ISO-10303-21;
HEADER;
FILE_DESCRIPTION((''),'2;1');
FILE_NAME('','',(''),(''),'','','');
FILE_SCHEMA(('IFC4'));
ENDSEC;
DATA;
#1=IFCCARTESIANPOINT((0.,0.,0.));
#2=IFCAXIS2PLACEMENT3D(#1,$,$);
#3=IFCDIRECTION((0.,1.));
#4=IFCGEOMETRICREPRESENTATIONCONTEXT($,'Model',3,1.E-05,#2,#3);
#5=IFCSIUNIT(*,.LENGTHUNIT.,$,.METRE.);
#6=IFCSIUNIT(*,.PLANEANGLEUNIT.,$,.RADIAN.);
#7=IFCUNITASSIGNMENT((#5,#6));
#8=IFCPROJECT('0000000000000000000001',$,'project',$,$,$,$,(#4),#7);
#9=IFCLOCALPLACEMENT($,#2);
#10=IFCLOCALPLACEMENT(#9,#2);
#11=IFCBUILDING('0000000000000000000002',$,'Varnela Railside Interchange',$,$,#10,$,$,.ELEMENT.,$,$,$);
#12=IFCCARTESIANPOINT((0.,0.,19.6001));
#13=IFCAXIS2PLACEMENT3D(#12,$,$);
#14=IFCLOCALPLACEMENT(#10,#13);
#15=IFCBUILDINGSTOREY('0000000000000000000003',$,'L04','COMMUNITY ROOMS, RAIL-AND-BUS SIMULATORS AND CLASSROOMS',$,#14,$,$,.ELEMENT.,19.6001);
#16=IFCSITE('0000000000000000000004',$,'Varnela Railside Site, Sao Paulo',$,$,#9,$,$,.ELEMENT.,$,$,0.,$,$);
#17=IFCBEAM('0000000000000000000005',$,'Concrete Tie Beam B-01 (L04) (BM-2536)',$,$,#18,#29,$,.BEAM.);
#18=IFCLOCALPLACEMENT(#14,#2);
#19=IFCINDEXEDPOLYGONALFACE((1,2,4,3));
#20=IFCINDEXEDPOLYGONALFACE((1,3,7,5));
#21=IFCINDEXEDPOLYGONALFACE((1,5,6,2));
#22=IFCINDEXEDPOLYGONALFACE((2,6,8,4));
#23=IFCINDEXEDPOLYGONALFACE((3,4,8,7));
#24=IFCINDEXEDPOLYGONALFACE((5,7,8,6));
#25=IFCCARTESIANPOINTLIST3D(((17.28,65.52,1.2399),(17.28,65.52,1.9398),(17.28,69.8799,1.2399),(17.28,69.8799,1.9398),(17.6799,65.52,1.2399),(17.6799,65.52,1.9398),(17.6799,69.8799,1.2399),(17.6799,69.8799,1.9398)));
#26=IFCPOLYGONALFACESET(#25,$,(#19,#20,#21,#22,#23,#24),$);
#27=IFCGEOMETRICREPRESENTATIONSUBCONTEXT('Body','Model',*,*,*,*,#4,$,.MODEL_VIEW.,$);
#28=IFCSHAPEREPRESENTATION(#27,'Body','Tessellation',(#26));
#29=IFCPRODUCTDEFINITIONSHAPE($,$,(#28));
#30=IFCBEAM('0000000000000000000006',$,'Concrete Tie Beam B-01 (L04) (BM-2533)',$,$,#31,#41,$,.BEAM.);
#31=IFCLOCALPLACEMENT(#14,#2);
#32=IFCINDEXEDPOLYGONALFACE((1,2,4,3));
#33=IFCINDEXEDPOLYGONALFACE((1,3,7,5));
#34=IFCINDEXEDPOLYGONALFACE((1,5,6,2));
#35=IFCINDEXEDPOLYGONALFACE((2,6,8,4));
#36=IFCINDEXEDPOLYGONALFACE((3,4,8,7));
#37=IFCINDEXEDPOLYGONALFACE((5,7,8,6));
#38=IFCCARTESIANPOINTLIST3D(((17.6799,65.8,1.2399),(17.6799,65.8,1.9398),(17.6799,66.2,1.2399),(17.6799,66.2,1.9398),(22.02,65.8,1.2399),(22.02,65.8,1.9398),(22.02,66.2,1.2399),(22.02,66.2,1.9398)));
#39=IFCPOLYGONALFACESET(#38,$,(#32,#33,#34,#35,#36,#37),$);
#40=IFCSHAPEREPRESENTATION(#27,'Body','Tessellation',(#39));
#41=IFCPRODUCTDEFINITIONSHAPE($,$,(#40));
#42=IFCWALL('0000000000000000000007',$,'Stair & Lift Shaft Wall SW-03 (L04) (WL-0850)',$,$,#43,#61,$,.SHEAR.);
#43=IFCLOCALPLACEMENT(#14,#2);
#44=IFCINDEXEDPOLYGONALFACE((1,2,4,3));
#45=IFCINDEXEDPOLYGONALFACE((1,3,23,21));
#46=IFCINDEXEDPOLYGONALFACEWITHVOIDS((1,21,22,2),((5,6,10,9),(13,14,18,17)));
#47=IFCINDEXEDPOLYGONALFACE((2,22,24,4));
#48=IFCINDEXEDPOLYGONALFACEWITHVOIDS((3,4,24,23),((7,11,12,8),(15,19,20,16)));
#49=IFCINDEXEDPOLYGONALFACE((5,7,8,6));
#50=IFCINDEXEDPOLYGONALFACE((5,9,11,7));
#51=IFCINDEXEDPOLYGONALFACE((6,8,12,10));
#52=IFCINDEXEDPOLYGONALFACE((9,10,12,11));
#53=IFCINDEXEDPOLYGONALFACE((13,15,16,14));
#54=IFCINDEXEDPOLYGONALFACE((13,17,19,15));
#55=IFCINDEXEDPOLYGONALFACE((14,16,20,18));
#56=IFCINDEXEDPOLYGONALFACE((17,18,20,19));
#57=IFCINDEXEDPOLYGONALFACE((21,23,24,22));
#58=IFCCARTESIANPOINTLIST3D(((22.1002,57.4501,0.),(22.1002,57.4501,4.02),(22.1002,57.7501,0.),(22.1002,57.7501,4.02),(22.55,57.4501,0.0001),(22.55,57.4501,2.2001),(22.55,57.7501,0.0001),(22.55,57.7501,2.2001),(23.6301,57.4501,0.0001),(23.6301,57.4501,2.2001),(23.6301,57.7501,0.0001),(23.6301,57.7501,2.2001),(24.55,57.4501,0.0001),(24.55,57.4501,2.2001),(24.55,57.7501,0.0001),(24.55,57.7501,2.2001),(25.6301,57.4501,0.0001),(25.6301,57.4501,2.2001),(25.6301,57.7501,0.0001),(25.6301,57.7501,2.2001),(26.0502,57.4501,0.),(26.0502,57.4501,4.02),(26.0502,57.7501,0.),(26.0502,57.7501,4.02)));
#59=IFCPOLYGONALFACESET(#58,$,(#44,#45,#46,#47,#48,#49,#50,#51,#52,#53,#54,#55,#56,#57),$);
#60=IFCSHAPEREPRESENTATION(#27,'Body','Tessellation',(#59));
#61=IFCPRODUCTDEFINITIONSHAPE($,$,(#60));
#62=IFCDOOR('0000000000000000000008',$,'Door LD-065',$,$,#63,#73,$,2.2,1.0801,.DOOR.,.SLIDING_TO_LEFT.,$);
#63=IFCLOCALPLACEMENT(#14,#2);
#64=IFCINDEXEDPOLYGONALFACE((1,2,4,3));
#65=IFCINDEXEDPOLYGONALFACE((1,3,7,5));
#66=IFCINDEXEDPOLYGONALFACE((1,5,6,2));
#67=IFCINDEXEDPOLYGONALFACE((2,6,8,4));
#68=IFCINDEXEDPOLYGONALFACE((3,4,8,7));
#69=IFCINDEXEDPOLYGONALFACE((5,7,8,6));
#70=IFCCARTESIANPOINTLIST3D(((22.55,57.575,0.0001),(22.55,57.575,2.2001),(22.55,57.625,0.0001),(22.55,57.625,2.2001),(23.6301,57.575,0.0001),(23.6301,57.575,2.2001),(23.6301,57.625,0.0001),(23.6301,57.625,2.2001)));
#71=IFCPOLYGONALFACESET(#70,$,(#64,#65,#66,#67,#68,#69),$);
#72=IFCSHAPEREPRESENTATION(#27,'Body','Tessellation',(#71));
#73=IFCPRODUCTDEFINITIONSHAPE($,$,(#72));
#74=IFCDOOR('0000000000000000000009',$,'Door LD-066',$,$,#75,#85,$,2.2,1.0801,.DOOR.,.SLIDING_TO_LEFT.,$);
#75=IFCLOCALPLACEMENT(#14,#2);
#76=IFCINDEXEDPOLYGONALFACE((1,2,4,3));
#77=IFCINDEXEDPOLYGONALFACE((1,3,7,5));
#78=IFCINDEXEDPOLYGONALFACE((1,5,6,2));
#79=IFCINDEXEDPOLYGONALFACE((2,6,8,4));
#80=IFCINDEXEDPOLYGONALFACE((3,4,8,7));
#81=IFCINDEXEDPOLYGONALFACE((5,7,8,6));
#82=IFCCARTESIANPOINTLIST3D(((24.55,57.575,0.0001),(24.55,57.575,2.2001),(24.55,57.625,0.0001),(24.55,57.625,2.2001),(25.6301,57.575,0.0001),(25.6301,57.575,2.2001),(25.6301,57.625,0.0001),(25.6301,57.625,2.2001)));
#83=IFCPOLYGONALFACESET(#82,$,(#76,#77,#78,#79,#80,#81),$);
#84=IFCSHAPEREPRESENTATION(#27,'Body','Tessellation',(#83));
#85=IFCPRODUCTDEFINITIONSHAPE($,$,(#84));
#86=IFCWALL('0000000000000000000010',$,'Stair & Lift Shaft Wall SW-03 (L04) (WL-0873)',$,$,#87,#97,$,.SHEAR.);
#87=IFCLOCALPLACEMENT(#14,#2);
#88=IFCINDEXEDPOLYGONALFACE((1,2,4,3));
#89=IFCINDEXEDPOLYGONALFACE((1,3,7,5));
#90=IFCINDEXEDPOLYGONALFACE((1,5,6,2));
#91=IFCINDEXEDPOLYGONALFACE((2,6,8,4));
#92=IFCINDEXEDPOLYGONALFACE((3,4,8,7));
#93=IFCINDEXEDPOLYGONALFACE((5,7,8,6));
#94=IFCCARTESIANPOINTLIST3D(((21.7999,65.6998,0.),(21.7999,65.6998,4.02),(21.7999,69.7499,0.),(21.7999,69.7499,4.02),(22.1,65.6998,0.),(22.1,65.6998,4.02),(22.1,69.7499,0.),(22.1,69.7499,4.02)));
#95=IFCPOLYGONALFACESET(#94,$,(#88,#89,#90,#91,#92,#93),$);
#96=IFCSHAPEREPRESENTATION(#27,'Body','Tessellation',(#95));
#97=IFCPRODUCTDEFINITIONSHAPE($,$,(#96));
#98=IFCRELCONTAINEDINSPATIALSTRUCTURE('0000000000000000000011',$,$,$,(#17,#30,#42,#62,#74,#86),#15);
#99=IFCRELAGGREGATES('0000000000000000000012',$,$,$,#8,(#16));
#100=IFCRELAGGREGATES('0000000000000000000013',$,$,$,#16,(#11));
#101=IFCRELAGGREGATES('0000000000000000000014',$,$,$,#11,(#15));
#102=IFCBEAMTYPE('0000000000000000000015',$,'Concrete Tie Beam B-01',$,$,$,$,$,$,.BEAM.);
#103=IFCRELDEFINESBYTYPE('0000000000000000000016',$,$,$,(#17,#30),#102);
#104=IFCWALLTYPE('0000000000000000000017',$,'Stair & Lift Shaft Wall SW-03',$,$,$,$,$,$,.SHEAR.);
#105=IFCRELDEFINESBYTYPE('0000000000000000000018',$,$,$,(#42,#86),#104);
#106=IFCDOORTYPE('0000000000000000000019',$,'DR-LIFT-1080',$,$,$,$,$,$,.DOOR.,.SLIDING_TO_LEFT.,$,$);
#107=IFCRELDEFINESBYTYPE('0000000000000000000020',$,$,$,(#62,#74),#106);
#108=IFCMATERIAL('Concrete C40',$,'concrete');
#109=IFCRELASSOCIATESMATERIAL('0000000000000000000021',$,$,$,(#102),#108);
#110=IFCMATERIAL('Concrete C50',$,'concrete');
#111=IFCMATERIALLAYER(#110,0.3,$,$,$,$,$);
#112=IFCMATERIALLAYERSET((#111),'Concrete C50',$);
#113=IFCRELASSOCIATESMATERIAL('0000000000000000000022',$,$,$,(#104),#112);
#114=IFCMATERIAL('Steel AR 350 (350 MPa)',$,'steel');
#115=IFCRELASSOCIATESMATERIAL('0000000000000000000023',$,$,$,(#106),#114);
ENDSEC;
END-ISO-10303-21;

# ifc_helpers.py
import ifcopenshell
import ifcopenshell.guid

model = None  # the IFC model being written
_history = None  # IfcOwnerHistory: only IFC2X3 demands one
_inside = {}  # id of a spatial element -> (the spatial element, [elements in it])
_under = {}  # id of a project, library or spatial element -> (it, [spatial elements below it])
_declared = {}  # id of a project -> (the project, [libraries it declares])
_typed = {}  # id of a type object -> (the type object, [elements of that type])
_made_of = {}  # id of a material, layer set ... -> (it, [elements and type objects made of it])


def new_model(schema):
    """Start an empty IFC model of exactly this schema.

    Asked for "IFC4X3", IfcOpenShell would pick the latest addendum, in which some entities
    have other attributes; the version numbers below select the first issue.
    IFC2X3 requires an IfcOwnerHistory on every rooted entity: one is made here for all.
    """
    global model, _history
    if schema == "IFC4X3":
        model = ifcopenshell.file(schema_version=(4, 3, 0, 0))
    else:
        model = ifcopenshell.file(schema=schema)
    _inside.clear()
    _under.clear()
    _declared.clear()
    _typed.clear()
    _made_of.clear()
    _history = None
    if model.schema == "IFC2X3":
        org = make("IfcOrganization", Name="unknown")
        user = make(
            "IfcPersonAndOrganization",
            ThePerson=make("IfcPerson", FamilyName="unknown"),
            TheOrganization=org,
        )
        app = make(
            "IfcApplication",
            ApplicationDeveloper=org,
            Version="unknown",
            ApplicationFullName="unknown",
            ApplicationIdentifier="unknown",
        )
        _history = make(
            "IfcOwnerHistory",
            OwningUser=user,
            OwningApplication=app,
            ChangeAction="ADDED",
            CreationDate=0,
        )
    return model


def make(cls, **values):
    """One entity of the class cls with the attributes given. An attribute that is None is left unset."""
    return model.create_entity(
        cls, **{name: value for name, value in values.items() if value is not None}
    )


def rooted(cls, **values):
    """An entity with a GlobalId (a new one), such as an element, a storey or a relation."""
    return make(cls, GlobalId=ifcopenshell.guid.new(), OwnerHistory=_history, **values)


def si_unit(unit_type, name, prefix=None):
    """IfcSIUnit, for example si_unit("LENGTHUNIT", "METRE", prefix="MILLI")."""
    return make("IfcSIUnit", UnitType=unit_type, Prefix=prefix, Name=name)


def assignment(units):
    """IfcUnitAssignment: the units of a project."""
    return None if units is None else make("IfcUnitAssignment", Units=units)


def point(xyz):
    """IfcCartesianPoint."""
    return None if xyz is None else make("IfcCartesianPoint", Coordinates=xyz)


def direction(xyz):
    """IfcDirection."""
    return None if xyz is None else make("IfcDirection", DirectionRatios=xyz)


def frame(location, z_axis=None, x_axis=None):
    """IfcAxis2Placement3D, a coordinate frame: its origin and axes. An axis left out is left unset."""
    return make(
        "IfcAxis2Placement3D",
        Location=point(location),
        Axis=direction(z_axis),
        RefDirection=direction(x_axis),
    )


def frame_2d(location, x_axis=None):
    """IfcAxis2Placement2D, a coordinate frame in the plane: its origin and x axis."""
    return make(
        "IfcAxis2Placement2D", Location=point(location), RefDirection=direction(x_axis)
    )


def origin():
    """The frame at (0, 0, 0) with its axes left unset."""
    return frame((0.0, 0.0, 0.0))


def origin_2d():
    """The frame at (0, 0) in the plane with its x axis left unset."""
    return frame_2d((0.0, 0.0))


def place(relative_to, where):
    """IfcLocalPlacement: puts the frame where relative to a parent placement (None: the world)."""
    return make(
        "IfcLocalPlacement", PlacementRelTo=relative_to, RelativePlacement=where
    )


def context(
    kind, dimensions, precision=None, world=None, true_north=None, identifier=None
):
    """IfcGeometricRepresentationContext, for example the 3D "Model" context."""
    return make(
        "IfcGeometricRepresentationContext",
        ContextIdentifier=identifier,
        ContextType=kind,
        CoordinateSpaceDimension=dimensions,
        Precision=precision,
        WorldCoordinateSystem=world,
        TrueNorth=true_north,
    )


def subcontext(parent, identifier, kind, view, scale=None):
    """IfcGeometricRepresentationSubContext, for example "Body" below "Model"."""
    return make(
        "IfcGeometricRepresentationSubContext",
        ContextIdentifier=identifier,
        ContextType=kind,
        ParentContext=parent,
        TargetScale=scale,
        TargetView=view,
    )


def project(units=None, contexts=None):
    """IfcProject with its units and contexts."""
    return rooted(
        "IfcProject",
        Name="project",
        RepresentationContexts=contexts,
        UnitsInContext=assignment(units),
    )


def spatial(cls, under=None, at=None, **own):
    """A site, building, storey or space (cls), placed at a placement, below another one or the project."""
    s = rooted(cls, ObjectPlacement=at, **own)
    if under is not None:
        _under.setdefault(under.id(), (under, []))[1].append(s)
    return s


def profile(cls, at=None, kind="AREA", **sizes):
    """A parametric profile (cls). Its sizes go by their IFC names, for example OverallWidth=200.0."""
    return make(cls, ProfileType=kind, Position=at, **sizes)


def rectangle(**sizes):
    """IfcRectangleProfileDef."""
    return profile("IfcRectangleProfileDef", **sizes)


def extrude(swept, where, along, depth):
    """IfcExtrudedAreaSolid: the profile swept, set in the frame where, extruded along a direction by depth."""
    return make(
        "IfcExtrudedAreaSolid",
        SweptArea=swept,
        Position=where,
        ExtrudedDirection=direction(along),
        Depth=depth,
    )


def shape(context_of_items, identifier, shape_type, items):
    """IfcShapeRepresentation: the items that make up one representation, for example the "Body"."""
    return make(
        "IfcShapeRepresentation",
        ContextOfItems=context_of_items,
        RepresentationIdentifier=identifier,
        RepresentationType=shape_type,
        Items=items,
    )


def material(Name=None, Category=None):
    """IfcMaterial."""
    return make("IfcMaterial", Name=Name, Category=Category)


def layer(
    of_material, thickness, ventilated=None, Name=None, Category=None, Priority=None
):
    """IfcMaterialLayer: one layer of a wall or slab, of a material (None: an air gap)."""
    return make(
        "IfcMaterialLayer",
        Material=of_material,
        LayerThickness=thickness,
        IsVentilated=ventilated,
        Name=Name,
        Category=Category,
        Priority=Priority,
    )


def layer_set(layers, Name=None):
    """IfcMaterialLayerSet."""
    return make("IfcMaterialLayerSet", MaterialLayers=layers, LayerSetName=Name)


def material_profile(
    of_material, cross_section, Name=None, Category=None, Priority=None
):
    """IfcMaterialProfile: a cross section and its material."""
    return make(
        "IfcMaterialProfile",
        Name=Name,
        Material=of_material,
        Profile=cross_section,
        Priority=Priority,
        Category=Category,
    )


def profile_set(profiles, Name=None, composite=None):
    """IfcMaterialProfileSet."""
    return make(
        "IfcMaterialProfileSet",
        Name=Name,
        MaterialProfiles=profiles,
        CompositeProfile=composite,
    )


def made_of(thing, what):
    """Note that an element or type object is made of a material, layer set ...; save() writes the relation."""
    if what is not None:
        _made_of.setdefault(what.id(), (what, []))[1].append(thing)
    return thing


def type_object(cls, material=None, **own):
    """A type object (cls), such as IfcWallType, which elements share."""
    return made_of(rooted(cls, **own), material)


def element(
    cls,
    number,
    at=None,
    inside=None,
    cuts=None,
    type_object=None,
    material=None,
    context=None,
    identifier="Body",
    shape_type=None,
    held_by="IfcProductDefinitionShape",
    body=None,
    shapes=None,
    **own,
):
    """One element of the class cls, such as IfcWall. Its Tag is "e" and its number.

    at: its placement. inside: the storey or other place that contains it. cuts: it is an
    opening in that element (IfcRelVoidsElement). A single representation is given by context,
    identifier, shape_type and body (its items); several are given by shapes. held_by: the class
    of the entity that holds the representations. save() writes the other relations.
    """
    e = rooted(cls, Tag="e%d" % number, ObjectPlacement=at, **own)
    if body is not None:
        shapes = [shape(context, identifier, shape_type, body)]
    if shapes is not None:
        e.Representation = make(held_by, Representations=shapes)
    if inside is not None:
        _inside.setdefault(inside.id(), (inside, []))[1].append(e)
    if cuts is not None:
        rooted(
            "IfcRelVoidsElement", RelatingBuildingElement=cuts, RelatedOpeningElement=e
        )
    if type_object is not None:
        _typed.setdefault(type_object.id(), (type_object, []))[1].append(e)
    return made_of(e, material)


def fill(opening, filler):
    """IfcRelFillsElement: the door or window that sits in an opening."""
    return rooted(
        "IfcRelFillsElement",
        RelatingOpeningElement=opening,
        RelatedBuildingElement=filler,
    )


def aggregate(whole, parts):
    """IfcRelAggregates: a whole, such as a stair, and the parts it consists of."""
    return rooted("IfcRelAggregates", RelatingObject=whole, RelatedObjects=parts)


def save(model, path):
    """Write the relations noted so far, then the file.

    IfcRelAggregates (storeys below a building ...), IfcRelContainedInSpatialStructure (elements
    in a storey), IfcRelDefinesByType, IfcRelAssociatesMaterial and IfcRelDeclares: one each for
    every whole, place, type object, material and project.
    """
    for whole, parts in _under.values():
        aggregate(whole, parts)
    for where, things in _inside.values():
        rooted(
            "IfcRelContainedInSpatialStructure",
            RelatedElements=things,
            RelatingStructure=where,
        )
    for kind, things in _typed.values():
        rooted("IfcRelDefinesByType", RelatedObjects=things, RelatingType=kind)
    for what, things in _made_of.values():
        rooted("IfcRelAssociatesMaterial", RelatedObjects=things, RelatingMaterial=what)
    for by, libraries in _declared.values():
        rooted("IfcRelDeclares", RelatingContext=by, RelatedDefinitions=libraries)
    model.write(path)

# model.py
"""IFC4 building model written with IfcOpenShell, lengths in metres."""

from ifc_helpers import new_model, si_unit, direction, frame, frame_2d, origin, origin_2d, place, context, subcontext, project, spatial, rectangle, extrude, material, layer, layer_set, material_profile, profile_set, type_object, element, fill, save


model = new_model("IFC4")

# Units and contexts
model_context = context("Model", 3, precision=1e-05, world=origin(), true_north=direction((0.0, 1.0)))
body_context = subcontext(model_context, "Body", "Model", "MODEL_VIEW")
ifc_project = project(units=[si_unit("LENGTHUNIT", "METRE"), si_unit("PLANEANGLEUNIT", "RADIAN")], contexts=[model_context])

# Site, building, storey
site_placement = place(None, origin())
site = spatial("IfcSite", under=ifc_project, at=site_placement, Name="Varnela Railside Site, Sao Paulo", CompositionType="ELEMENT", RefElevation=0.0)
building_placement = place(site_placement, origin())
building = spatial("IfcBuilding", under=site, at=building_placement, Name="Varnela Railside Interchange", CompositionType="ELEMENT")
storey_placement = place(building_placement, frame((0.0, 0.0, 19.6001)))
storey = spatial("IfcBuildingStorey", under=building, at=storey_placement, Name="L04", Description="COMMUNITY ROOMS, RAIL-AND-BUS SIMULATORS AND CLASSROOMS", CompositionType="ELEMENT", Elevation=19.6001)

# Beams
ifc_material_1 = material(Name="Concrete C40", Category="concrete")
ifc_material_profile = material_profile(ifc_material_1, rectangle(XDim=0.3999, YDim=0.7, at=origin_2d()), Name="RC 400x700")
ifc_profile_set = profile_set([ifc_material_profile], Name="Concrete C40")
beam_type = type_object("IfcBeamType", Name="Concrete Tie Beam B-01", PredefinedType="BEAM", material=ifc_profile_set)
beam_1_placement = place(storey_placement, frame((17.48, 65.52, 1.5898), z_axis=(0.0, 1.0, 0.0), x_axis=(-1.0, 0.0, 0.0)))
element("IfcBeam", 1, at=beam_1_placement, inside=storey, type_object=beam_type, Name="Concrete Tie Beam B-01 (L04) (BM-2536)", PredefinedType="BEAM", context=body_context, shape_type="SweptSolid", body=[
    extrude(rectangle(XDim=0.3999, YDim=0.7, at=origin_2d()), origin(), (0.0, 0.0, 1.0), 4.3599),
])
beam_2_placement = place(storey_placement, frame((17.6799, 66.0, 1.5898), z_axis=(1.0, 0.0, 0.0), x_axis=(0.0, 1.0, 0.0)))
element("IfcBeam", 2, at=beam_2_placement, inside=storey, type_object=beam_type, Name="Concrete Tie Beam B-01 (L04) (BM-2533)", PredefinedType="BEAM", context=body_context, shape_type="SweptSolid", body=[
    extrude(rectangle(XDim=0.3999, YDim=0.7, at=origin_2d()), origin(), (0.0, 0.0, 1.0), 4.3401),
])

# Wall, openings, doors
ifc_material_2 = material(Name="Concrete C50", Category="concrete")
ifc_layer = layer(ifc_material_2, 0.3)
ifc_layer_set = layer_set([ifc_layer], Name="Concrete C50")
wall_type = type_object("IfcWallType", Name="Stair & Lift Shaft Wall SW-03", PredefinedType="SHEAR", material=ifc_layer_set)
wall_1_placement = place(storey_placement, frame((22.1001, 57.6001, 0.0), z_axis=(0.0, 0.0, 1.0), x_axis=(1.0, 0.0, 0.0)))
wall_1 = element("IfcWall", 3, at=wall_1_placement, inside=storey, type_object=wall_type, Name="Stair & Lift Shaft Wall SW-03 (L04) (WL-0850)", PredefinedType="SHEAR", context=body_context, shape_type="SweptSolid", body=[
    extrude(rectangle(XDim=3.95, YDim=0.3, at=frame_2d((1.9751, 0.0))), origin(), (0.0, 0.0, 1.0), 4.02),
])
opening_1_placement = place(wall_1_placement, frame((0.45, 0.0, 0.0)))
opening_1 = element("IfcOpeningElement", 4, at=opening_1_placement, cuts=wall_1, PredefinedType="OPENING", context=body_context, shape_type="SweptSolid", body=[
    extrude(rectangle(XDim=1.0801, YDim=2.2, at=frame_2d((0.54, 1.1001))), frame((0.0, 0.1599, 0.0), z_axis=(0.0, -1.0, 0.0), x_axis=(1.0, 0.0, 0.0)), (0.0, 0.0, 1.0), 0.3201),
])
opening_2_placement = place(wall_1_placement, frame((2.45, 0.0, 0.0)))
opening_2 = element("IfcOpeningElement", 5, at=opening_2_placement, cuts=wall_1, PredefinedType="OPENING", context=body_context, shape_type="SweptSolid", body=[
    extrude(rectangle(XDim=1.0801, YDim=2.2, at=frame_2d((0.54, 1.1001))), frame((0.0, 0.1599, 0.0), z_axis=(0.0, -1.0, 0.0), x_axis=(1.0, 0.0, 0.0)), (0.0, 0.0, 1.0), 0.3201),
])
ifc_material_3 = material(Name="Steel AR 350 (350 MPa)", Category="steel")
door_type = type_object("IfcDoorType", Name="DR-LIFT-1080", OperationType="SLIDING_TO_LEFT", PredefinedType="DOOR", material=ifc_material_3)
door_1_placement = place(opening_1_placement, origin())
door_1 = element("IfcDoor", 6, at=door_1_placement, inside=storey, type_object=door_type, Name="Door LD-065", OperationType="SLIDING_TO_LEFT", OverallHeight=2.2, OverallWidth=1.0801, PredefinedType="DOOR", context=body_context, shape_type="SweptSolid", body=[
    extrude(rectangle(XDim=1.0801, YDim=2.2, at=frame_2d((0.54, 1.1001))), frame((0.0, 0.0249, 0.0), z_axis=(0.0, -1.0, 0.0), x_axis=(1.0, 0.0, 0.0)), (0.0, 0.0, 1.0), 0.05),
])
fill(opening_1, door_1)
door_2_placement = place(opening_2_placement, origin())
door_2 = element("IfcDoor", 7, at=door_2_placement, inside=storey, type_object=door_type, Name="Door LD-066", OperationType="SLIDING_TO_LEFT", OverallHeight=2.2, OverallWidth=1.0801, PredefinedType="DOOR", context=body_context, shape_type="SweptSolid", body=[
    extrude(rectangle(XDim=1.0801, YDim=2.2, at=frame_2d((0.54, 1.1001))), frame((0.0, 0.0249, 0.0), z_axis=(0.0, -1.0, 0.0), x_axis=(1.0, 0.0, 0.0)), (0.0, 0.0, 1.0), 0.05),
])
fill(opening_2, door_2)

# Wall
wall_2_placement = place(storey_placement, frame((21.95, 65.7, 0.0), z_axis=(0.0, 0.0, 1.0), x_axis=(0.0, 1.0, 0.0)))
element("IfcWall", 8, at=wall_2_placement, inside=storey, type_object=wall_type, Name="Stair & Lift Shaft Wall SW-03 (L04) (WL-0873)", PredefinedType="SHEAR", context=body_context, shape_type="SweptSolid", body=[
    extrude(rectangle(XDim=4.05, YDim=0.3, at=frame_2d((2.0249, 0.0))), origin(), (0.0, 0.0, 1.0), 4.02),
])

save(model, "model.ifc")
